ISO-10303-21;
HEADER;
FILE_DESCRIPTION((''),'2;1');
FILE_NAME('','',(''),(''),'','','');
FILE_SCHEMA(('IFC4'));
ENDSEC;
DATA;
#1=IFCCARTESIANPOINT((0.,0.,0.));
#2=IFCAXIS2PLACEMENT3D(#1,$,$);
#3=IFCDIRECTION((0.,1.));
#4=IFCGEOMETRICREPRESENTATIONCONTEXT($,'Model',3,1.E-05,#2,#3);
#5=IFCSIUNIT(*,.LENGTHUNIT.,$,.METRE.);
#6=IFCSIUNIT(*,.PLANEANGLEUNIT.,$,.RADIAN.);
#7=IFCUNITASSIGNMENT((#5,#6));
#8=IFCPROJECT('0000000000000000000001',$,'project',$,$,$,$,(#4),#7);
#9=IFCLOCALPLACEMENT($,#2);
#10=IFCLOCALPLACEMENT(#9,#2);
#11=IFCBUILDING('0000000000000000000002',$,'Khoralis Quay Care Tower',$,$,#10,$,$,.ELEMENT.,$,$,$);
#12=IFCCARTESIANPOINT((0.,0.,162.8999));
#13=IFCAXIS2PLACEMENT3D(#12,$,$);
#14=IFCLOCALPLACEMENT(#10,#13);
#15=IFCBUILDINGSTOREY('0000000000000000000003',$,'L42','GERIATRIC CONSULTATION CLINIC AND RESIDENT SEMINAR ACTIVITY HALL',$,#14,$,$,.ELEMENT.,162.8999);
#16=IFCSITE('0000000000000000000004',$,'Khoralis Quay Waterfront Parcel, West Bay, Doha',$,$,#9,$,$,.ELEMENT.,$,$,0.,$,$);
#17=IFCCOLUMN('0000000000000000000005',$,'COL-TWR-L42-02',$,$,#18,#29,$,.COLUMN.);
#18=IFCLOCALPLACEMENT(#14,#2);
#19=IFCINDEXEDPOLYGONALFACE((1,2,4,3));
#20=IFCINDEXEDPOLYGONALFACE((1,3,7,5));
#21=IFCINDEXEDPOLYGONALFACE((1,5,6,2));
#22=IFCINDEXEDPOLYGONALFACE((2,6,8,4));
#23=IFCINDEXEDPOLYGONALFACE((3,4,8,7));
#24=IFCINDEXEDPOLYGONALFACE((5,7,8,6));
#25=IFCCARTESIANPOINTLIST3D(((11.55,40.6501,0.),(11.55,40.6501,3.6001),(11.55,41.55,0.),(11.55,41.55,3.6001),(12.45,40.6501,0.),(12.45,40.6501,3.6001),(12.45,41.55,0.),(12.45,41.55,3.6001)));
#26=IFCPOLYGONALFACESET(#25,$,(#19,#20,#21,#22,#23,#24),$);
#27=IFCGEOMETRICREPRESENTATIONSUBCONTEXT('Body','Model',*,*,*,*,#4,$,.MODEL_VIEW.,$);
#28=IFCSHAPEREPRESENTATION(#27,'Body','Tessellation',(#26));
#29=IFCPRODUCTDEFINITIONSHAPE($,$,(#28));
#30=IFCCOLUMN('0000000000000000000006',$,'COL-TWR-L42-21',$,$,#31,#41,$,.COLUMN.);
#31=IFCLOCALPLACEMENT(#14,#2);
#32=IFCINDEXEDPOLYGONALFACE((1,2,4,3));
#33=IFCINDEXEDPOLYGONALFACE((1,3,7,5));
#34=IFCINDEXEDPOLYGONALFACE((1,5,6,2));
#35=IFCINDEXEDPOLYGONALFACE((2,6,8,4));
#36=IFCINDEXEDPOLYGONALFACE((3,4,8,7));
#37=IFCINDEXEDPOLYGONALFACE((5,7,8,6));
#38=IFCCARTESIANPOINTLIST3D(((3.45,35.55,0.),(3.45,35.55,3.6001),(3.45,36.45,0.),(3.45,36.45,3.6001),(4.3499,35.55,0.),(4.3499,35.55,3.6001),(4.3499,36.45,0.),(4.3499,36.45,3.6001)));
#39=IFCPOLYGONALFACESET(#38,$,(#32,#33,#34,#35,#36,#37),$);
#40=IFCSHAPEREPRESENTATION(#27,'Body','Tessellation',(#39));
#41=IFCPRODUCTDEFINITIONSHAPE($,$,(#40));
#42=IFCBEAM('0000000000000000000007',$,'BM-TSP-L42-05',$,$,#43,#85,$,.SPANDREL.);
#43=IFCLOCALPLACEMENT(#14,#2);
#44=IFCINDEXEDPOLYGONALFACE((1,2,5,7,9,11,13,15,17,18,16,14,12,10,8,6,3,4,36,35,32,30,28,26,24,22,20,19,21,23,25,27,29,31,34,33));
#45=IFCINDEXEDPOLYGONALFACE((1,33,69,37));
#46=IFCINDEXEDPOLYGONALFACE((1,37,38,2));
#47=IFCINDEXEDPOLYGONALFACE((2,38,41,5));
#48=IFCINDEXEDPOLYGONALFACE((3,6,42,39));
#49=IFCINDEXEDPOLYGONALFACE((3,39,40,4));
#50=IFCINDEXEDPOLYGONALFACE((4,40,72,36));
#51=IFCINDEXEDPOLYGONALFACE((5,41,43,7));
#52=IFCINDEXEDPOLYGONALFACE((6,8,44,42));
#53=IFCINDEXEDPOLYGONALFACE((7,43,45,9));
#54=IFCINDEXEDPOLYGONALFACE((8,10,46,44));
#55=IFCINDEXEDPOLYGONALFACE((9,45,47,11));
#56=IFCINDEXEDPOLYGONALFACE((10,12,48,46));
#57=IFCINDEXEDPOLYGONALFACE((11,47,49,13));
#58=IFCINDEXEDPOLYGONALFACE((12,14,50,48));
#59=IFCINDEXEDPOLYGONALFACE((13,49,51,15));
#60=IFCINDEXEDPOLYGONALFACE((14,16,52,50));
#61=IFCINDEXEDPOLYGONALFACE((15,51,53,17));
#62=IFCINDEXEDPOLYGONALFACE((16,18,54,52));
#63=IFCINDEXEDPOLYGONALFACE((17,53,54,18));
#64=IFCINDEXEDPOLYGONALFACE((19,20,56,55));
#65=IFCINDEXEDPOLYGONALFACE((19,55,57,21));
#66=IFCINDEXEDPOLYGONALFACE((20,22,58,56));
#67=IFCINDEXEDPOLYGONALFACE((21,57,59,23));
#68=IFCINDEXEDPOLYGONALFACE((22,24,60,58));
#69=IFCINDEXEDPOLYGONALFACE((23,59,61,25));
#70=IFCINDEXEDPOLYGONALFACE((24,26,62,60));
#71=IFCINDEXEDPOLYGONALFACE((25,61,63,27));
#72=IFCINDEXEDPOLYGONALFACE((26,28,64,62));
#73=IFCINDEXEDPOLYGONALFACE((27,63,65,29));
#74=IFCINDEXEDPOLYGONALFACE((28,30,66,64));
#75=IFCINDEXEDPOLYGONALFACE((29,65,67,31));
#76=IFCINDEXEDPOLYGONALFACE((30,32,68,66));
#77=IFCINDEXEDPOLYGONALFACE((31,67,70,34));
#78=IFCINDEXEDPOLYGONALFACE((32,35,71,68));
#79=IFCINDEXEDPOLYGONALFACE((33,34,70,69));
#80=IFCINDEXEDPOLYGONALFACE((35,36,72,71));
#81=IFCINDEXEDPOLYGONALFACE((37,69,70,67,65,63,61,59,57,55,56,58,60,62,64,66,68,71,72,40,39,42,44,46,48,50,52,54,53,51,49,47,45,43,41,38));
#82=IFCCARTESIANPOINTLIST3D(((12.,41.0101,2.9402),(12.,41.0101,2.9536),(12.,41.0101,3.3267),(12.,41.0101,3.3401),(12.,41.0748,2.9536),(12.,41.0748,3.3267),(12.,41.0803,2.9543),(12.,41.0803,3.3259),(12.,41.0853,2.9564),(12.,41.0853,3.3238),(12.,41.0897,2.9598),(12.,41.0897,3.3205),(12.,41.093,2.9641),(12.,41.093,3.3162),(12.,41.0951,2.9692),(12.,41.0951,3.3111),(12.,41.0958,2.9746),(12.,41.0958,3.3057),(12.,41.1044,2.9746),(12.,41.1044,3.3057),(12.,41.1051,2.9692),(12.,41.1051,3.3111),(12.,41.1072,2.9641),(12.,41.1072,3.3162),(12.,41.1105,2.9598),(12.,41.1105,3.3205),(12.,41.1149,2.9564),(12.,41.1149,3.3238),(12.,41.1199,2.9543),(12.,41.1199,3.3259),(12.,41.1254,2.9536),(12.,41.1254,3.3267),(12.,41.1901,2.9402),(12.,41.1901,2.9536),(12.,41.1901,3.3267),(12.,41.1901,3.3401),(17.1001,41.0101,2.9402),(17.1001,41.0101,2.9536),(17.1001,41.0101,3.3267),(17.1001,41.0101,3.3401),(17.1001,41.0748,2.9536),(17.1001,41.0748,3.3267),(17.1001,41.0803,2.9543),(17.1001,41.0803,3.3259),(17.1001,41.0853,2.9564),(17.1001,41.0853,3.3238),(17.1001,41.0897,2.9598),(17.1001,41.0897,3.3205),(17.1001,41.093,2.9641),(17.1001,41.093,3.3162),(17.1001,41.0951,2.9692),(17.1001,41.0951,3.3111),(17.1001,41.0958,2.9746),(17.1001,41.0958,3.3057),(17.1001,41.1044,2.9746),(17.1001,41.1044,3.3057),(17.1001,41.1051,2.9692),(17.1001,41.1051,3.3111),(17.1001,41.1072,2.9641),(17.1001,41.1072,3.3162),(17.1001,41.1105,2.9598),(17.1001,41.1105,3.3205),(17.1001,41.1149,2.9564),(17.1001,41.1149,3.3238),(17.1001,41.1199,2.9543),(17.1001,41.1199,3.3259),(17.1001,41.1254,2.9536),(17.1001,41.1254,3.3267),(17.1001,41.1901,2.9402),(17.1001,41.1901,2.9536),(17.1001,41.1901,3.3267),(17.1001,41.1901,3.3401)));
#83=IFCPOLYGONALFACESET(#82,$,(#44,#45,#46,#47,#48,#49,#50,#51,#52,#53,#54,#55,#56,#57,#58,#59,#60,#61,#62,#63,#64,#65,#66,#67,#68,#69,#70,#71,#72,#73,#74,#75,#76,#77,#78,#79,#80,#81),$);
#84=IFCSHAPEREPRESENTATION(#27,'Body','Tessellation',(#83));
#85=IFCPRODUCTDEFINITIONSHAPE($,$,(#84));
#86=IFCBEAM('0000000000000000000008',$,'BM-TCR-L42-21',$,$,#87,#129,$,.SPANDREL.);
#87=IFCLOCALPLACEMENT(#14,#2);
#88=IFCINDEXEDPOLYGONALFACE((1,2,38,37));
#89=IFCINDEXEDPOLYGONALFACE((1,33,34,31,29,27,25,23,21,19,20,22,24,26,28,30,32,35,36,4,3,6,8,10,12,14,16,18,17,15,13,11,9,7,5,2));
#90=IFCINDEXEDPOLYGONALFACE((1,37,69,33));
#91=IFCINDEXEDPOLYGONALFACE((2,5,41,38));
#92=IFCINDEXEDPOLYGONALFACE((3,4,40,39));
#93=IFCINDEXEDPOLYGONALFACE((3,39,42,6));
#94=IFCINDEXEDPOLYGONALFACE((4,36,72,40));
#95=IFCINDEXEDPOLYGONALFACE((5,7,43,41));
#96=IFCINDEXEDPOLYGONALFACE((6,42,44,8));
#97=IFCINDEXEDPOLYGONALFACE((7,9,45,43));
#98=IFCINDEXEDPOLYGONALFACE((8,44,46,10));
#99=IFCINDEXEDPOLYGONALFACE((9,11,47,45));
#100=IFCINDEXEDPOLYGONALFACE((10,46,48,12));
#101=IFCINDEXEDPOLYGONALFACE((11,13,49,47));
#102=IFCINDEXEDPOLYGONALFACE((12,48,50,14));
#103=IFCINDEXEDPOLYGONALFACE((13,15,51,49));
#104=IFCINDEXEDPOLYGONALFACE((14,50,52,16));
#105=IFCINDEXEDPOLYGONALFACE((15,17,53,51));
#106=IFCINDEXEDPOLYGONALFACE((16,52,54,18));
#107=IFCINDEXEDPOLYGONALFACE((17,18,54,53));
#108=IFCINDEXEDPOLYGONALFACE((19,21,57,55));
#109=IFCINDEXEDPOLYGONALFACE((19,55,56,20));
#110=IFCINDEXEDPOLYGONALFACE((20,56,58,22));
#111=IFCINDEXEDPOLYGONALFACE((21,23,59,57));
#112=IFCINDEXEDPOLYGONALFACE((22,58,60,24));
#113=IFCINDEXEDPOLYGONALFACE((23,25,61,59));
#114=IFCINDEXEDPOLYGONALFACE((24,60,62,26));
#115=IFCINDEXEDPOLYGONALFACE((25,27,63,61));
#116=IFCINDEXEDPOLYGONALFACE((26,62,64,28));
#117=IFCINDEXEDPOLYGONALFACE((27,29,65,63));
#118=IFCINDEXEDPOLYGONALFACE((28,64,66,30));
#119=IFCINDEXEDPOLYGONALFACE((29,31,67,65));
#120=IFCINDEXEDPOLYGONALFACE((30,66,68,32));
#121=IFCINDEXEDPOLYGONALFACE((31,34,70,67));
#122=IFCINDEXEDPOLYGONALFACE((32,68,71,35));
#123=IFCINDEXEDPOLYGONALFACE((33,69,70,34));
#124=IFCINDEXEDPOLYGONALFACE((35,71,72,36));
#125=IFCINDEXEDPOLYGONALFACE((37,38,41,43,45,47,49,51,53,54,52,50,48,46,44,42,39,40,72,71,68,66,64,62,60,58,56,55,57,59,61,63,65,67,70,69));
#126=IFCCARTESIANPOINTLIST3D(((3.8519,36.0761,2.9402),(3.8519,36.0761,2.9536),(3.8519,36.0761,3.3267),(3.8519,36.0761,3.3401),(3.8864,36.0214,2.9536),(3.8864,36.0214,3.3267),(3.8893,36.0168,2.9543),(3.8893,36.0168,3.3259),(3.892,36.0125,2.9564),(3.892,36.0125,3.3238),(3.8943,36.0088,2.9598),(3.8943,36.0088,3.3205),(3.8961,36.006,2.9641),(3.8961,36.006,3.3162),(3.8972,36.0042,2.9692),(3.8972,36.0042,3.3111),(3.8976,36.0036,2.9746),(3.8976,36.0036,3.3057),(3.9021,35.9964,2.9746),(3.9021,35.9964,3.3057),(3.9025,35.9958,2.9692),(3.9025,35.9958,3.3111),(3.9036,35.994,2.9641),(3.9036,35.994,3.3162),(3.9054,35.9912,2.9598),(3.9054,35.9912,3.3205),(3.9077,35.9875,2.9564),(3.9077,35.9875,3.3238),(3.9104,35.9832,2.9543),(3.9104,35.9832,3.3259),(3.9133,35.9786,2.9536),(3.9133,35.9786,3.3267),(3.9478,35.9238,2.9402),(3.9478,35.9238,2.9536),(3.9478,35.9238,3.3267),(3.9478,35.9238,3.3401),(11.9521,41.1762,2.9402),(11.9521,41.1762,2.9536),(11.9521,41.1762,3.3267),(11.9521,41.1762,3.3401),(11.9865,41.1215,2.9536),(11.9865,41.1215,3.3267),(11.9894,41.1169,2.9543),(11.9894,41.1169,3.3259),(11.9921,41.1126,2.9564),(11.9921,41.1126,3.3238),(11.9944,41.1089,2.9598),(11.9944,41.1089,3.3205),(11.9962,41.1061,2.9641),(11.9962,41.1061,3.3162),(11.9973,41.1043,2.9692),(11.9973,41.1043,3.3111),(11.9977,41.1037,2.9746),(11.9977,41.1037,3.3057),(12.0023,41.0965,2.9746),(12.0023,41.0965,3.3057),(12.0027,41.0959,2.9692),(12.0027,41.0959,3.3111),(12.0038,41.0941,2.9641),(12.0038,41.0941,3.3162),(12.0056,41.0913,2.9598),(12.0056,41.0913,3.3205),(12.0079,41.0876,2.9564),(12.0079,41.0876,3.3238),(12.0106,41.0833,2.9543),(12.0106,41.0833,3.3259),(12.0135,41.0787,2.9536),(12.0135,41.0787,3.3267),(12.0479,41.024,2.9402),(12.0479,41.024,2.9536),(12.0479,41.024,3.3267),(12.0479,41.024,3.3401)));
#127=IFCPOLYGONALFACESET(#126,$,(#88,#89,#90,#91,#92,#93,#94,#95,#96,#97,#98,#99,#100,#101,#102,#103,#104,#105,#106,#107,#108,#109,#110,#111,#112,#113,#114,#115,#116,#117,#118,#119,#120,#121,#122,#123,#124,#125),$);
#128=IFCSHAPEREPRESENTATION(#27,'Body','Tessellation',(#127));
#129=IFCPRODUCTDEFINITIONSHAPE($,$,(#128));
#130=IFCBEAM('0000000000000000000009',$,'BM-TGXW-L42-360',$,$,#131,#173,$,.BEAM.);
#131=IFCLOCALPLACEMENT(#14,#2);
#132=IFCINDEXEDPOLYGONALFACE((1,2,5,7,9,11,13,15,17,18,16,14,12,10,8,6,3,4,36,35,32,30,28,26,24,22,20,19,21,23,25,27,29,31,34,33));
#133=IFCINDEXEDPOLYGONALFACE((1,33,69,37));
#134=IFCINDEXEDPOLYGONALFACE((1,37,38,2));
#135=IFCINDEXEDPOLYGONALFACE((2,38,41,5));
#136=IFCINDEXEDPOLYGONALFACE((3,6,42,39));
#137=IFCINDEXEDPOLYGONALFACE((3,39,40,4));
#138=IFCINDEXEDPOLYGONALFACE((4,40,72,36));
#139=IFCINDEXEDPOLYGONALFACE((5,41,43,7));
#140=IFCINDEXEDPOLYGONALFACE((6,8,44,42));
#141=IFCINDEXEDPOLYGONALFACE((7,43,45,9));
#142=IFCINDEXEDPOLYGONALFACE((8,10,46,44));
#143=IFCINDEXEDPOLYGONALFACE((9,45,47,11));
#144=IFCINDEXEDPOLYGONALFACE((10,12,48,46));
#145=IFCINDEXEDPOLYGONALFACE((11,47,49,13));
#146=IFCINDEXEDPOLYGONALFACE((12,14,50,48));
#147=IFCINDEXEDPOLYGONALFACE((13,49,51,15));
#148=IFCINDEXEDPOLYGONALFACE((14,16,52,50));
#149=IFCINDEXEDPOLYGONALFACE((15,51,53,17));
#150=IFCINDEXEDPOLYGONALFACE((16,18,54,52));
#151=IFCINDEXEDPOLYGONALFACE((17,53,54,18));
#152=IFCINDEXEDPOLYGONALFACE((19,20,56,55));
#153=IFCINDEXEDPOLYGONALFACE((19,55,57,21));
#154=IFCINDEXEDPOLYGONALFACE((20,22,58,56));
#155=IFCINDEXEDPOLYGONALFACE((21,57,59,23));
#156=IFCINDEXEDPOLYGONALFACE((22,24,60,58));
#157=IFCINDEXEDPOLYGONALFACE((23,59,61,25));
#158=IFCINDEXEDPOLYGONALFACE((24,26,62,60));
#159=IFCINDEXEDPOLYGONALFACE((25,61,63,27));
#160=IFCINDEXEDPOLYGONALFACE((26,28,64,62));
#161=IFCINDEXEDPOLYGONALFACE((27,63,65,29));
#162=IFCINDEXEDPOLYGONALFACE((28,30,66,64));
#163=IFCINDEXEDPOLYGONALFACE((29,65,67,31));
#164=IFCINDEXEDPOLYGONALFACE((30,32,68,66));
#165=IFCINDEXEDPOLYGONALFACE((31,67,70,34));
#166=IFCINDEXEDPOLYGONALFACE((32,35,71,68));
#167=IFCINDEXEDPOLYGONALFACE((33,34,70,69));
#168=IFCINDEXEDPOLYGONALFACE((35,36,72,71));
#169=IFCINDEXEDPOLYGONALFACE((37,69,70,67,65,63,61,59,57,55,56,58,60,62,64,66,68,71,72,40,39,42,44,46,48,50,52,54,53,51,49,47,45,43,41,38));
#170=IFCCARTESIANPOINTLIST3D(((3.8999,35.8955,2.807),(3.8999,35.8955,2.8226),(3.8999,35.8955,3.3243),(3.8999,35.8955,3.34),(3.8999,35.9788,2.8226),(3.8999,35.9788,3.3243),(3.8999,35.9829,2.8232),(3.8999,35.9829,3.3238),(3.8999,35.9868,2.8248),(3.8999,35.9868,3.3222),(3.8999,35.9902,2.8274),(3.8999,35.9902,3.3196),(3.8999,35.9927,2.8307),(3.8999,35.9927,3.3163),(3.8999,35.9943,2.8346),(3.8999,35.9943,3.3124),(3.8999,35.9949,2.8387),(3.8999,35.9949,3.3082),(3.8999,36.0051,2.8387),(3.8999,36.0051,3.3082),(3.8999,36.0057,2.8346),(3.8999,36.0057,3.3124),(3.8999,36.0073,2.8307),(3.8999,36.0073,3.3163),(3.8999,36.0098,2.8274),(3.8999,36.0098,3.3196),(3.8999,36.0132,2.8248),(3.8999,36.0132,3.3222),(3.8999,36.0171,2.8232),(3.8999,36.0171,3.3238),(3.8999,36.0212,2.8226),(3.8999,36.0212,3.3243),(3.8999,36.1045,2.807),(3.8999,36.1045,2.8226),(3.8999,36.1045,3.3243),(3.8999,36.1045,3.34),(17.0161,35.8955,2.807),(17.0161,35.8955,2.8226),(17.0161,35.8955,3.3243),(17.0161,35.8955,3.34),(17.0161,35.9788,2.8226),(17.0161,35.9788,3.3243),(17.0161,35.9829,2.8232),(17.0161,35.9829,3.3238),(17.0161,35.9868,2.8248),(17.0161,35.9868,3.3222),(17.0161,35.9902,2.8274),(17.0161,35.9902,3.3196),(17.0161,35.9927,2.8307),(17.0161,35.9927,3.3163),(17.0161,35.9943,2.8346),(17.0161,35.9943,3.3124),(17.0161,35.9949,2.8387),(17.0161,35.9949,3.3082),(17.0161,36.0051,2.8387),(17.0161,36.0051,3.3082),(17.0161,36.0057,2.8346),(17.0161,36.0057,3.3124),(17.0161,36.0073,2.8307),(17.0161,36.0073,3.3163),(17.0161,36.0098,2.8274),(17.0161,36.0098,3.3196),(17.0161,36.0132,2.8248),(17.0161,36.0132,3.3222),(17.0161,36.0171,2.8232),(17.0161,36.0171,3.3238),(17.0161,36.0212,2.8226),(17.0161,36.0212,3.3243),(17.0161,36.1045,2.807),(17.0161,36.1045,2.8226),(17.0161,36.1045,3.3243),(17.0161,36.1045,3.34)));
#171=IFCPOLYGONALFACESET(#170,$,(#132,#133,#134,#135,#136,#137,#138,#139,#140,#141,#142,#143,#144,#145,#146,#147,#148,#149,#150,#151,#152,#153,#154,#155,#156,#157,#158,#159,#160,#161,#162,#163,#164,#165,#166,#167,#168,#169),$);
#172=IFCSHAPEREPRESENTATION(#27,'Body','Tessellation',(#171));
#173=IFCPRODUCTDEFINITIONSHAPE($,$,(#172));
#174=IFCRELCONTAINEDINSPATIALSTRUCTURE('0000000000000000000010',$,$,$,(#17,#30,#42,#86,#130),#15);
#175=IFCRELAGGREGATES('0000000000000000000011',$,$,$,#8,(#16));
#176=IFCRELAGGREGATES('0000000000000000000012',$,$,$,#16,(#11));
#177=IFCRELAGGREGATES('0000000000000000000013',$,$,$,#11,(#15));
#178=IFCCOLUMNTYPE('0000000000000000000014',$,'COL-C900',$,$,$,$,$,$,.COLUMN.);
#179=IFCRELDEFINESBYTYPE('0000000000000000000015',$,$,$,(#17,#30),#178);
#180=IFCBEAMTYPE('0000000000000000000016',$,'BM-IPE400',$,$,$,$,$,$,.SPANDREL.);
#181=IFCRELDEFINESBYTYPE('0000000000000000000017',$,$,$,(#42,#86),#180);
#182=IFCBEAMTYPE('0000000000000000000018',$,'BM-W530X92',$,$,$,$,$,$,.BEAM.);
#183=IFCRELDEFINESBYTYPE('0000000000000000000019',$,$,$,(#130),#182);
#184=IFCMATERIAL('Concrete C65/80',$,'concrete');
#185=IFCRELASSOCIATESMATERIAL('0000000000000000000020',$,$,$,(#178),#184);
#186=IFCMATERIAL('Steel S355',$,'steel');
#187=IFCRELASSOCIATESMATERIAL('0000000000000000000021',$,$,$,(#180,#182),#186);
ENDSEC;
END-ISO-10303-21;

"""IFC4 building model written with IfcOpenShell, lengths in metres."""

from ifc_helpers import new_model, si_unit, direction, frame, origin, origin_2d, place, context, subcontext, project, spatial, rectangle, i_section, extrude, source, transform, mapped, material, material_profile, profile_set, type_object, element, save


model = new_model("IFC4")

# Units and contexts
model_context = context("Model", 3, precision=1e-05, world=origin(), true_north=direction((0.0, 1.0)))
body_context = subcontext(model_context, "Body", "Model", "MODEL_VIEW")
ifc_project = project(units=[si_unit("LENGTHUNIT", "METRE"), si_unit("PLANEANGLEUNIT", "RADIAN")], contexts=[model_context])

# Site, building, storey
site_placement = place(None, origin())
site = spatial("IfcSite", under=ifc_project, at=site_placement, Name="Khoralis Quay Waterfront Parcel, West Bay, Doha", CompositionType="ELEMENT", RefElevation=0.0)
building_placement = place(site_placement, origin())
building = spatial("IfcBuilding", under=site, at=building_placement, Name="Khoralis Quay Care Tower", CompositionType="ELEMENT")
storey_placement = place(building_placement, frame((0.0, 0.0, 162.8999)))
storey = spatial("IfcBuildingStorey", under=building, at=storey_placement, Name="L42", Description="GERIATRIC CONSULTATION CLINIC AND RESIDENT SEMINAR ACTIVITY HALL", CompositionType="ELEMENT", Elevation=162.8999)

# Columns
ifc_material_1 = material(Name="Concrete C65/80", Category="concrete")
ifc_material_profile_1 = material_profile(ifc_material_1, rectangle(XDim=0.8999, YDim=0.8999, at=origin_2d()), Name="Concrete C65/80")
ifc_profile_set_1 = profile_set([ifc_material_profile_1], Name="Concrete C65/80")
column_type = type_object("IfcColumnType", Name="COL-C900", PredefinedType="COLUMN", material=ifc_profile_set_1)
shared_shape_1 = source(origin(), body_context, "Body", "SweptSolid", [
    extrude(rectangle(XDim=0.8999, YDim=0.8999, at=origin_2d()), origin(), (0.0, 0.0, 1.0), 3.6001),
])
for number, where, z_axis, x_axis, name in (
    (1, (12.0, 41.1001, 0.0), (0.0, 0.0, 1.0), (1.0, 0.0, 0.0), "COL-TWR-L42-02"),
    (2, (3.8999, 36.0, 0.0), (0.0, 0.0, 1.0), (1.0, 0.0, 0.0), "COL-TWR-L42-21"),
):
    element("IfcColumn", number, at=place(storey_placement, frame(where, z_axis=z_axis, x_axis=x_axis)), inside=storey, type_object=column_type, Name=name, PredefinedType="COLUMN", context=body_context, shape_type="MappedRepresentation", body=[
        mapped(shared_shape_1, transform((0.0, 0.0, 0.0), scale=1.0)),
    ])

# Beams
ifc_material_2 = material(Name="Steel S355", Category="steel")
ifc_material_profile_2 = material_profile(ifc_material_2, i_section(OverallWidth=0.1799, OverallDepth=0.3999, WebThickness=0.0085, FlangeThickness=0.0134, FilletRadius=0.021, at=origin_2d()), Name="Steel S355")
ifc_profile_set_2 = profile_set([ifc_material_profile_2], Name="Steel S355")
beam_type_1 = type_object("IfcBeamType", Name="BM-IPE400", PredefinedType="SPANDREL", material=ifc_profile_set_2)
shared_shape_2 = source(origin(), body_context, "Body", "SweptSolid", [
    extrude(i_section(OverallWidth=0.1799, OverallDepth=0.3999, WebThickness=0.0085, FlangeThickness=0.0134, FilletRadius=0.021, at=origin_2d()), origin(), (0.0, 0.0, 1.0), 5.1001),
])
beam_1_placement = place(storey_placement, frame((12.0, 41.1001, 3.1401), z_axis=(1.0, 0.0, 0.0), x_axis=(0.0, 1.0, 0.0)))
element("IfcBeam", 3, at=beam_1_placement, inside=storey, type_object=beam_type_1, Name="BM-TSP-L42-05", PredefinedType="SPANDREL", context=body_context, shape_type="MappedRepresentation", body=[
    mapped(shared_shape_2, transform((0.0, 0.0, 0.0), scale=1.0)),
])
shared_shape_3 = source(origin(), body_context, "Body", "SweptSolid", [
    extrude(i_section(OverallWidth=0.1799, OverallDepth=0.3999, WebThickness=0.0085, FlangeThickness=0.0134, FilletRadius=0.021, at=origin_2d()), origin(), (0.0, 0.0, 1.0), 9.572),
])
beam_2_placement = place(storey_placement, frame((12.0, 41.1001, 3.1401), z_axis=(-0.846231, -0.532816, 0.0), x_axis=(0.532816, -0.846231, 0.0)))
element("IfcBeam", 4, at=beam_2_placement, inside=storey, type_object=beam_type_1, Name="BM-TCR-L42-21", PredefinedType="SPANDREL", context=body_context, shape_type="MappedRepresentation", body=[
    mapped(shared_shape_3, transform((0.0, 0.0, 0.0), scale=1.0)),
])
ifc_material_profile_3 = material_profile(ifc_material_2, i_section(OverallWidth=0.209, OverallDepth=0.533, WebThickness=0.0103, FlangeThickness=0.0156, FilletRadius=0.0161, at=origin_2d()), Name="Steel S355")
ifc_profile_set_3 = profile_set([ifc_material_profile_3], Name="Steel S355")
beam_type_2 = type_object("IfcBeamType", Name="BM-W530X92", PredefinedType="BEAM", material=ifc_profile_set_3)
shared_shape_4 = source(origin(), body_context, "Body", "SweptSolid", [
    extrude(i_section(OverallWidth=0.209, OverallDepth=0.533, WebThickness=0.0103, FlangeThickness=0.0156, FilletRadius=0.0161, at=origin_2d()), origin(), (0.0, 0.0, 1.0), 13.1162),
])
beam_3_placement = place(storey_placement, frame((3.8999, 36.0, 3.0735), z_axis=(1.0, 0.0, 0.0), x_axis=(0.0, 1.0, 0.0)))
element("IfcBeam", 5, at=beam_3_placement, inside=storey, type_object=beam_type_2, Name="BM-TGXW-L42-360", PredefinedType="BEAM", context=body_context, shape_type="MappedRepresentation", body=[
    mapped(shared_shape_4, transform((0.0, 0.0, 0.0), scale=1.0)),
])

save(model, "model.ifc")
